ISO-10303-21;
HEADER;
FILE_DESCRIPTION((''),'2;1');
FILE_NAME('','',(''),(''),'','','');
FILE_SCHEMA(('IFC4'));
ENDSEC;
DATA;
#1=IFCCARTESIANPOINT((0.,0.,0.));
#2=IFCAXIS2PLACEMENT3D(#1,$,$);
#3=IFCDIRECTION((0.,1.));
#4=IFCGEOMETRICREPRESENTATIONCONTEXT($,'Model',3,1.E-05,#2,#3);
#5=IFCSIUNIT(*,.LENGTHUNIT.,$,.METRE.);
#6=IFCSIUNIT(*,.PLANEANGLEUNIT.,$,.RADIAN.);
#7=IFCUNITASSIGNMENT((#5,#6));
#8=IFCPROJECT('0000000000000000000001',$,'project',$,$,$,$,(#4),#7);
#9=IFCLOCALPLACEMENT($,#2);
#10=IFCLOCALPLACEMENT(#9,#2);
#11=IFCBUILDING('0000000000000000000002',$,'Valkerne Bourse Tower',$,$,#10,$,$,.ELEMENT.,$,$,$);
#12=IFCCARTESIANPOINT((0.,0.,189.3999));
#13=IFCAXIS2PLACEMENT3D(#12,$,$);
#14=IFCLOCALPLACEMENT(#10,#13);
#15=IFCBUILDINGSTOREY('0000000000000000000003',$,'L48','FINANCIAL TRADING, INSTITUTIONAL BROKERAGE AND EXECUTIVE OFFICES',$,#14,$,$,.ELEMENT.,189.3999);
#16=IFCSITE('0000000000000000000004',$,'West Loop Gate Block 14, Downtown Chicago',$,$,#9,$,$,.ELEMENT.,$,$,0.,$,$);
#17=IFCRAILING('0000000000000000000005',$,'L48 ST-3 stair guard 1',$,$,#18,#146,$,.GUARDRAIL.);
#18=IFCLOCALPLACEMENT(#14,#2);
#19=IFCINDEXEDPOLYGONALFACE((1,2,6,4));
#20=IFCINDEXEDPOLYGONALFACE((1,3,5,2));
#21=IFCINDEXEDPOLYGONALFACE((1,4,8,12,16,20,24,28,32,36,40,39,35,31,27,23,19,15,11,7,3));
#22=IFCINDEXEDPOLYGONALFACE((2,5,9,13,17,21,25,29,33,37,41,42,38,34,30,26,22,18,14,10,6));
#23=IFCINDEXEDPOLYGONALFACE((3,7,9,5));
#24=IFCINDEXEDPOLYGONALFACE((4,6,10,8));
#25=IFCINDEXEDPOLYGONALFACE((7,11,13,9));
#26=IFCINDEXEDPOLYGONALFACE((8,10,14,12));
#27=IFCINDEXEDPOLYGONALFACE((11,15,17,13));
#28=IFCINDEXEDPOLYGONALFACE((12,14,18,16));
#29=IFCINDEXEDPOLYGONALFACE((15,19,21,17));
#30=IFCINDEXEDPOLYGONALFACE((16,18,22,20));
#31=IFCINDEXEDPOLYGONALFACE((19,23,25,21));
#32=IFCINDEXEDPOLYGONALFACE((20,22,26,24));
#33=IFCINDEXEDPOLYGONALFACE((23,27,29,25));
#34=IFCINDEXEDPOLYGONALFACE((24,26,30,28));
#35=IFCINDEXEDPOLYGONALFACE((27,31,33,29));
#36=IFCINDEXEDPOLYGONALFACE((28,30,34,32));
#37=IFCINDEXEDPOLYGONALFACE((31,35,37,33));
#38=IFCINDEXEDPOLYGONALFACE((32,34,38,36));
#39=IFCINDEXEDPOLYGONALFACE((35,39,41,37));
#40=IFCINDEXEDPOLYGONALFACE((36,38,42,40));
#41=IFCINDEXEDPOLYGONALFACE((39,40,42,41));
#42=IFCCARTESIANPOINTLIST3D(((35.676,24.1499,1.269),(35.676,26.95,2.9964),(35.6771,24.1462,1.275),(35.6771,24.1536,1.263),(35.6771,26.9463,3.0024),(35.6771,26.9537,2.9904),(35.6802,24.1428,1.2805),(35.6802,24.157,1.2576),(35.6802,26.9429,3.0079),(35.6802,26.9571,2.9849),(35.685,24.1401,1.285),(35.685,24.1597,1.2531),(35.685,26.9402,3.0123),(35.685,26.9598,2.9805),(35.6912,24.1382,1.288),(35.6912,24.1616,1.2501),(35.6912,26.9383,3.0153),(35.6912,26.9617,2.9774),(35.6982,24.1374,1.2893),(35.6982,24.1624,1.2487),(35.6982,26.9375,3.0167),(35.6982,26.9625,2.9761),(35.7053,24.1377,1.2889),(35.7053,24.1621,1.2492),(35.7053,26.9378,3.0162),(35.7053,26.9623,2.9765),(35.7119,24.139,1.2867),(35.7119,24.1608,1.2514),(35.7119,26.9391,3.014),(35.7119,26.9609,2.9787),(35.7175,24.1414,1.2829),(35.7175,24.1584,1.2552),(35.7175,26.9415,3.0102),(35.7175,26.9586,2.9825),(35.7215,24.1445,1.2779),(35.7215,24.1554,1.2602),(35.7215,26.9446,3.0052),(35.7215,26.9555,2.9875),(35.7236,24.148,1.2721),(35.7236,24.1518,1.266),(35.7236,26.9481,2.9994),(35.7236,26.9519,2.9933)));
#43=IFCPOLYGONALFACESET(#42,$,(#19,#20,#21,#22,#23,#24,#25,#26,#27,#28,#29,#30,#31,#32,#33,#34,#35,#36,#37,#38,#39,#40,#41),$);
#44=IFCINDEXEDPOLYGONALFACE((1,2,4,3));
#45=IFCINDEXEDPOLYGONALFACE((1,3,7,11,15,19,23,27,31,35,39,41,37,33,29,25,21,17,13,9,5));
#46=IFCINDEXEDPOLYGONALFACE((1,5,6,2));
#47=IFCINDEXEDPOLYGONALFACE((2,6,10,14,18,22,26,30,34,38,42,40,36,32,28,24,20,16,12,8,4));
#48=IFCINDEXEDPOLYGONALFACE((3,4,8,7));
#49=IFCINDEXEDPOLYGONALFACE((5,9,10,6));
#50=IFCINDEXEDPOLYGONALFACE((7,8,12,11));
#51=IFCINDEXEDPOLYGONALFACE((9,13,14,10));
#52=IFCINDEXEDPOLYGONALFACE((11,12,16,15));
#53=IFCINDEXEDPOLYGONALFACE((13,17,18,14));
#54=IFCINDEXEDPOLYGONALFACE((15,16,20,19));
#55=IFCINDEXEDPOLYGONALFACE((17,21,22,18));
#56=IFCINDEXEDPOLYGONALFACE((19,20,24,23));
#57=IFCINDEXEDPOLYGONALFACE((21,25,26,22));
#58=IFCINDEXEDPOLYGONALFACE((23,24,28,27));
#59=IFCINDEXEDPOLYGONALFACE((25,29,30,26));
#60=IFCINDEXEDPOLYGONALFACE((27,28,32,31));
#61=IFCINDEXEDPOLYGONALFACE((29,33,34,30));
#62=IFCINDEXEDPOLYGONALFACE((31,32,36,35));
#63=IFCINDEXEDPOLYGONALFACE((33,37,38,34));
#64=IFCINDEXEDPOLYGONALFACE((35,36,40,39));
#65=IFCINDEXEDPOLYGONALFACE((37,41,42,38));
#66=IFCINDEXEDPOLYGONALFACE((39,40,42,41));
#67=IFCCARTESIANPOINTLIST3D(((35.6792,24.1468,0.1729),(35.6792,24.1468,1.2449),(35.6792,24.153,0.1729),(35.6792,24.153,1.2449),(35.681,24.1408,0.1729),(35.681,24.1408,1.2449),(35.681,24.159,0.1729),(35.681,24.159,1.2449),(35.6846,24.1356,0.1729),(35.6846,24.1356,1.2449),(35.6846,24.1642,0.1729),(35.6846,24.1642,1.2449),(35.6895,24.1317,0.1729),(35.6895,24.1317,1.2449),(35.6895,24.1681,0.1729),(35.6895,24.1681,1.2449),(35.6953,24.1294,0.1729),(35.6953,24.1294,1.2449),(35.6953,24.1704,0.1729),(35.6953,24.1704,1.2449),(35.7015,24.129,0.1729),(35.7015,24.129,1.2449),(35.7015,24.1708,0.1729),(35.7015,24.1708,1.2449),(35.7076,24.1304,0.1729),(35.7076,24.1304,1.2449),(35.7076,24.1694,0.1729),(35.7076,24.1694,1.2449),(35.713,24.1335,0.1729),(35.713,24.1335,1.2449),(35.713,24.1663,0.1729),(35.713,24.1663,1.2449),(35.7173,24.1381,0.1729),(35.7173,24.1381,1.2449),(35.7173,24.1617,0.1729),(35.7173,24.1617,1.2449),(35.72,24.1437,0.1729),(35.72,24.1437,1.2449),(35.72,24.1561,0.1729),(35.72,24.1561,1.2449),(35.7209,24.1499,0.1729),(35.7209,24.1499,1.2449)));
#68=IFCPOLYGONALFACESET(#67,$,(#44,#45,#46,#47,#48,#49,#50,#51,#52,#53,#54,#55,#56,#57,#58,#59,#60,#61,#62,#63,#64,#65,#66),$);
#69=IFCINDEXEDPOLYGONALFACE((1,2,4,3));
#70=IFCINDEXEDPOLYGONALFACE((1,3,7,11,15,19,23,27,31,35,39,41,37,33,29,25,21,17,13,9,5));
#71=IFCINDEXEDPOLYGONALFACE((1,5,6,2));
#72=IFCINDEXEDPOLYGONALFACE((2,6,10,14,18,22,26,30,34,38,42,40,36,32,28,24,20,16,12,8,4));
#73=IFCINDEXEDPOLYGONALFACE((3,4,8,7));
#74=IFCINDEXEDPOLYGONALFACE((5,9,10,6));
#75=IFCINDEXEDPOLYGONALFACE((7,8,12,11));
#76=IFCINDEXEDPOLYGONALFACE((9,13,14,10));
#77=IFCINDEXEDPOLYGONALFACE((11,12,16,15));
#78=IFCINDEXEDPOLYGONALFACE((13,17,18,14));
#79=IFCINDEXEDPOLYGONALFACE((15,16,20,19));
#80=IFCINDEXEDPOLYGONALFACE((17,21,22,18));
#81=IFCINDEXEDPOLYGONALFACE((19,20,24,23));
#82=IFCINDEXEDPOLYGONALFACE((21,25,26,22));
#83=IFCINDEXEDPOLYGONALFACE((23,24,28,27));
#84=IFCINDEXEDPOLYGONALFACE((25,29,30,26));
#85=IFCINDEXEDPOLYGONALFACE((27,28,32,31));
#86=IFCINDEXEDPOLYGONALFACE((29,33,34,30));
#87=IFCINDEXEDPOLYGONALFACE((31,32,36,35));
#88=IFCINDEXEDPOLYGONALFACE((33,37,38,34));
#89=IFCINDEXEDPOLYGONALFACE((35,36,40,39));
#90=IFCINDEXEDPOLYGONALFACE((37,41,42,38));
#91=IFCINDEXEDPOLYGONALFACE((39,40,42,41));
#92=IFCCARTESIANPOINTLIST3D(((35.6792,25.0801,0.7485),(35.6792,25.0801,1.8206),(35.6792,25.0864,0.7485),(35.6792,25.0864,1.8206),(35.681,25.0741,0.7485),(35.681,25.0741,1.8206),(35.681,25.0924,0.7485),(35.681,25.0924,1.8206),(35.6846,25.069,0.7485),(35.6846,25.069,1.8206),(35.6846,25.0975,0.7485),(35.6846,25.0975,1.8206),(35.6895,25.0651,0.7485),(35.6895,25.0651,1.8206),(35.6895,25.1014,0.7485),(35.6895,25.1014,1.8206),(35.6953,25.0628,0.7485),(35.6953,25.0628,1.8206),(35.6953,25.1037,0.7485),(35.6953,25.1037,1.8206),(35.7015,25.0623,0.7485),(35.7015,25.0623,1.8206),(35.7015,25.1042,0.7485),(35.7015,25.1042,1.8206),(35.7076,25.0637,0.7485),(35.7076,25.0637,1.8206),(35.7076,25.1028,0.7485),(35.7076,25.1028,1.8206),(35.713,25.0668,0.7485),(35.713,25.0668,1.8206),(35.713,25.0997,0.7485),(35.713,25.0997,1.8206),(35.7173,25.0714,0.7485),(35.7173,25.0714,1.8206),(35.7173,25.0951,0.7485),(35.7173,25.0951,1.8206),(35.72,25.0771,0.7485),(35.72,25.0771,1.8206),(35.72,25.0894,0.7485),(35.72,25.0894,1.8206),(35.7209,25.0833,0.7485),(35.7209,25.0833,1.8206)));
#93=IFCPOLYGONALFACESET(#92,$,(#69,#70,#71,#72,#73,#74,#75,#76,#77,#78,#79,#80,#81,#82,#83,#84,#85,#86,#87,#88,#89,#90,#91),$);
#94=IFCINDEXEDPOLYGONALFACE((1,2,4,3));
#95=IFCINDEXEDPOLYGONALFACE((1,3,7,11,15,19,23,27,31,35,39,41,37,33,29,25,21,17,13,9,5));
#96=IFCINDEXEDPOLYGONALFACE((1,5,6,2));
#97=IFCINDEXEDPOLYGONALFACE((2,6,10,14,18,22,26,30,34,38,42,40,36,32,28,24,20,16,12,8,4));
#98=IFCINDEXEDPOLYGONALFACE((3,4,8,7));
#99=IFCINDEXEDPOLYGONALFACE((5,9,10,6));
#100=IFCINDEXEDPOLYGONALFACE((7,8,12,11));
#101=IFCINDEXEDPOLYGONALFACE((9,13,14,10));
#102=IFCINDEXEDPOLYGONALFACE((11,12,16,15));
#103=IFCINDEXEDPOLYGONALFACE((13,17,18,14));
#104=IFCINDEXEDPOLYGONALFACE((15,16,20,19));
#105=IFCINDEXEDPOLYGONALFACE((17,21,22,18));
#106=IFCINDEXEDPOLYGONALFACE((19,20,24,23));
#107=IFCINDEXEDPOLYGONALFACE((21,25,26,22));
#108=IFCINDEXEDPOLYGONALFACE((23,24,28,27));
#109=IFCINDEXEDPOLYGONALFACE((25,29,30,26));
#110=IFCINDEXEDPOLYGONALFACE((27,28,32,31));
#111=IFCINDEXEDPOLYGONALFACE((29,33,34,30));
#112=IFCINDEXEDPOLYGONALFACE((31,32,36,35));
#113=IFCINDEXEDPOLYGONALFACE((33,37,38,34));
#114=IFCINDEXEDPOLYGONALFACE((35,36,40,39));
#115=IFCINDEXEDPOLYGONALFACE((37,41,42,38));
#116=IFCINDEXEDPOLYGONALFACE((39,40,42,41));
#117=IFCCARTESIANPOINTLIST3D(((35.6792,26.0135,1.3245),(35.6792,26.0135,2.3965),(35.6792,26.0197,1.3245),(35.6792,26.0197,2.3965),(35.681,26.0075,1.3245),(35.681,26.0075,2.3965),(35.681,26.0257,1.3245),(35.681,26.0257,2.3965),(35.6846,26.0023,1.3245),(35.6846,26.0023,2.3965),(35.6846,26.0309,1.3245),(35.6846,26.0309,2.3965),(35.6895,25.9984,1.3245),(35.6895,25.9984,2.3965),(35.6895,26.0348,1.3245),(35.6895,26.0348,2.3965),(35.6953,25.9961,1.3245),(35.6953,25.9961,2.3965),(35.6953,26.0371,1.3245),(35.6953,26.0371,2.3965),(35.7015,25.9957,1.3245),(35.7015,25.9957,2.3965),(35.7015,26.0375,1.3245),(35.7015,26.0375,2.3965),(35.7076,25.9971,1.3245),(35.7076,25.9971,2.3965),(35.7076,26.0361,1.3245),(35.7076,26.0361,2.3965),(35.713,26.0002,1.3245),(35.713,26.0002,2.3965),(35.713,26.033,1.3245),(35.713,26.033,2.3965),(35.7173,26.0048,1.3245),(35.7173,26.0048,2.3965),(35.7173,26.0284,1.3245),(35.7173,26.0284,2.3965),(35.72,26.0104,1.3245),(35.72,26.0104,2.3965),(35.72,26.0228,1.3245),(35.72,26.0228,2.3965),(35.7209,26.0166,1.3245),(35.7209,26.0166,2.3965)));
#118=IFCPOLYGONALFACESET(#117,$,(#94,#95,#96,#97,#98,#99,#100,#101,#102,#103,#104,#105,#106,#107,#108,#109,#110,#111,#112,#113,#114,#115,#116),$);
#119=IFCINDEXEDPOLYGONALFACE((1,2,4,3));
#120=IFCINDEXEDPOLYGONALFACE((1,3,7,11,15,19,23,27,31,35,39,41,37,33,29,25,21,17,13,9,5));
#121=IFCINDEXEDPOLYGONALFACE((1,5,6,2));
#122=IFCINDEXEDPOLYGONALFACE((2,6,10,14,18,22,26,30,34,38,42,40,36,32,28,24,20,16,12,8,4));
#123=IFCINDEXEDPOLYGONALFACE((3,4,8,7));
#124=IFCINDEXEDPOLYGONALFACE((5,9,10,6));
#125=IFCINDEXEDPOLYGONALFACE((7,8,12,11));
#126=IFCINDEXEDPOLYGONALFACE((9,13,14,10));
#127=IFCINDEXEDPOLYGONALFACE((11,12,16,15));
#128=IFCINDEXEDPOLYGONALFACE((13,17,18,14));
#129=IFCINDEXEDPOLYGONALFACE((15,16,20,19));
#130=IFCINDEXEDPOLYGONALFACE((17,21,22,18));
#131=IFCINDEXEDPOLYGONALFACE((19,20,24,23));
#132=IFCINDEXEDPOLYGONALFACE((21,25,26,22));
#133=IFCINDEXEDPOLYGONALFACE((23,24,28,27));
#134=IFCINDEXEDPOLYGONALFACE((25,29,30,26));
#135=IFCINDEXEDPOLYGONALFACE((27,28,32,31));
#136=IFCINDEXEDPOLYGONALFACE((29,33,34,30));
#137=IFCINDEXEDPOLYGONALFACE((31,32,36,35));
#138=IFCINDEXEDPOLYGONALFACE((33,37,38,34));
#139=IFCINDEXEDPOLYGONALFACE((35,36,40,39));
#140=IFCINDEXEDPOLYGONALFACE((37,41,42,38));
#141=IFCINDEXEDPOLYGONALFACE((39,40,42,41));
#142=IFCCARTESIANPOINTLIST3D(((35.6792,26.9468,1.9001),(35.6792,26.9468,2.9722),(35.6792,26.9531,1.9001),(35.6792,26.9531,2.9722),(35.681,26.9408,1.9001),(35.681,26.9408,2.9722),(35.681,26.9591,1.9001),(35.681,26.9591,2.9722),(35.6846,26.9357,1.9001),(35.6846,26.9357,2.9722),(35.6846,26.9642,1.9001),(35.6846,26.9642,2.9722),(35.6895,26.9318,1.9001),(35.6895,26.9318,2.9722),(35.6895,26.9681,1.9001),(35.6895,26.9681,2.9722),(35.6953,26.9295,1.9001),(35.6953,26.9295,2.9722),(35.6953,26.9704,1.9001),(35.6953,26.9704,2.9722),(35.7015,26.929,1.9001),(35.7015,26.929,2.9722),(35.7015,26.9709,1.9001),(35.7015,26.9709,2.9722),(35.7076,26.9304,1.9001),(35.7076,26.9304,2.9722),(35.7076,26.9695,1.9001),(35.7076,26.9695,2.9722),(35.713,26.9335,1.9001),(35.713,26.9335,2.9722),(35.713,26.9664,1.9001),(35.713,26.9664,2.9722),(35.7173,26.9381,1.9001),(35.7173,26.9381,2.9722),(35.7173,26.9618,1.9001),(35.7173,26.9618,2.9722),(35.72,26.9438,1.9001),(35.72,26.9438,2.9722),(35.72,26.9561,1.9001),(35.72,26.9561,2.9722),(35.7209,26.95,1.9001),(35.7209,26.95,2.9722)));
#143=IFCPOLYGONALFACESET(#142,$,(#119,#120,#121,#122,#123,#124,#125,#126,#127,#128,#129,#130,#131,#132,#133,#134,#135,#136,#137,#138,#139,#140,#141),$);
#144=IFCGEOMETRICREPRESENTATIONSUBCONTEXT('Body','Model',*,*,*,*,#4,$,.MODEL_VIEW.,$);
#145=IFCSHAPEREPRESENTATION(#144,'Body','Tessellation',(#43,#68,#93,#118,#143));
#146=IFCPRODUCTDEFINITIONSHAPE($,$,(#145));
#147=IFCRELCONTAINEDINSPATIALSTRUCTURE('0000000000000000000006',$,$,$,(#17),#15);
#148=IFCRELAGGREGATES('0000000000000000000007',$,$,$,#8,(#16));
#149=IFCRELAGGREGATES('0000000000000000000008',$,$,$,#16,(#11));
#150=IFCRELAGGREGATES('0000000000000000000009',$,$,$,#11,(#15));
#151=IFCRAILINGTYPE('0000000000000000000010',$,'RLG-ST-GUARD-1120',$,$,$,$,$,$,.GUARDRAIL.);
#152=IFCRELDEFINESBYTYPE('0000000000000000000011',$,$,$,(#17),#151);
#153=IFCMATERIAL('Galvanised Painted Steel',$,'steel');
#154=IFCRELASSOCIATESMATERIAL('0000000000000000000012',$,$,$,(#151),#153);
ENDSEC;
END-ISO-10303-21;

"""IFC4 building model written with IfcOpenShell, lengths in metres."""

from ifc_helpers import new_model, si_unit, direction, frame, origin, origin_2d, place, context, subcontext, project, spatial, circle, extrude, material, type_object, element, save


model = new_model("IFC4")

# Units and contexts
model_context = context("Model", 3, precision=1e-05, world=origin(), true_north=direction((0.0, 1.0)))
body_context = subcontext(model_context, "Body", "Model", "MODEL_VIEW")
ifc_project = project(units=[si_unit("LENGTHUNIT", "METRE"), si_unit("PLANEANGLEUNIT", "RADIAN")], contexts=[model_context])

# Site, building, storey
site_placement = place(None, origin())
site = spatial("IfcSite", under=ifc_project, at=site_placement, Name="West Loop Gate Block 14, Downtown Chicago", CompositionType="ELEMENT", RefElevation=0.0)
building_placement = place(site_placement, origin())
building = spatial("IfcBuilding", under=site, at=building_placement, Name="Valkerne Bourse Tower", CompositionType="ELEMENT")
storey_placement = place(building_placement, frame((0.0, 0.0, 189.3999)))
storey = spatial("IfcBuildingStorey", under=building, at=storey_placement, Name="L48", Description="FINANCIAL TRADING, INSTITUTIONAL BROKERAGE AND EXECUTIVE OFFICES", CompositionType="ELEMENT", Elevation=189.3999)

# Railing
ifc_material_1 = material(Name="Galvanised Painted Steel", Category="steel")
railing_type_1 = type_object("IfcRailingType", Name="RLG-ST-GUARD-1120", PredefinedType="GUARDRAIL", material=ifc_material_1)
railing_1_placement = place(storey_placement, frame((35.7, 24.1499, 0.1729)))
element("IfcRailing", 1, at=railing_1_placement, inside=storey, type_object=railing_type_1, Name="L48 ST-3 stair guard 1", PredefinedType="GUARDRAIL", context=body_context, shape_type="SweptSolid", body=[
    extrude(circle(Radius=0.0239, at=origin_2d()), frame((0.0, 0.0, 1.0962), z_axis=(0.0, 0.85109, 0.52502), x_axis=(-1.0, 0.0, 0.0)), (0.0, 0.0, 1.0), 3.29),
    extrude(circle(Radius=0.021, at=origin_2d()), origin(), (0.0, 0.0, 1.0), 1.072),
    extrude(circle(Radius=0.021, at=origin_2d()), frame((0.0, 0.9333, 0.5757)), (0.0, 0.0, 1.0), 1.072),
    extrude(circle(Radius=0.021, at=origin_2d()), frame((0.0, 1.8667, 1.1516)), (0.0, 0.0, 1.0), 1.072),
    extrude(circle(Radius=0.021, at=origin_2d()), frame((0.0, 2.8, 1.7273)), (0.0, 0.0, 1.0), 1.072),
])

save(model, "model.ifc")
